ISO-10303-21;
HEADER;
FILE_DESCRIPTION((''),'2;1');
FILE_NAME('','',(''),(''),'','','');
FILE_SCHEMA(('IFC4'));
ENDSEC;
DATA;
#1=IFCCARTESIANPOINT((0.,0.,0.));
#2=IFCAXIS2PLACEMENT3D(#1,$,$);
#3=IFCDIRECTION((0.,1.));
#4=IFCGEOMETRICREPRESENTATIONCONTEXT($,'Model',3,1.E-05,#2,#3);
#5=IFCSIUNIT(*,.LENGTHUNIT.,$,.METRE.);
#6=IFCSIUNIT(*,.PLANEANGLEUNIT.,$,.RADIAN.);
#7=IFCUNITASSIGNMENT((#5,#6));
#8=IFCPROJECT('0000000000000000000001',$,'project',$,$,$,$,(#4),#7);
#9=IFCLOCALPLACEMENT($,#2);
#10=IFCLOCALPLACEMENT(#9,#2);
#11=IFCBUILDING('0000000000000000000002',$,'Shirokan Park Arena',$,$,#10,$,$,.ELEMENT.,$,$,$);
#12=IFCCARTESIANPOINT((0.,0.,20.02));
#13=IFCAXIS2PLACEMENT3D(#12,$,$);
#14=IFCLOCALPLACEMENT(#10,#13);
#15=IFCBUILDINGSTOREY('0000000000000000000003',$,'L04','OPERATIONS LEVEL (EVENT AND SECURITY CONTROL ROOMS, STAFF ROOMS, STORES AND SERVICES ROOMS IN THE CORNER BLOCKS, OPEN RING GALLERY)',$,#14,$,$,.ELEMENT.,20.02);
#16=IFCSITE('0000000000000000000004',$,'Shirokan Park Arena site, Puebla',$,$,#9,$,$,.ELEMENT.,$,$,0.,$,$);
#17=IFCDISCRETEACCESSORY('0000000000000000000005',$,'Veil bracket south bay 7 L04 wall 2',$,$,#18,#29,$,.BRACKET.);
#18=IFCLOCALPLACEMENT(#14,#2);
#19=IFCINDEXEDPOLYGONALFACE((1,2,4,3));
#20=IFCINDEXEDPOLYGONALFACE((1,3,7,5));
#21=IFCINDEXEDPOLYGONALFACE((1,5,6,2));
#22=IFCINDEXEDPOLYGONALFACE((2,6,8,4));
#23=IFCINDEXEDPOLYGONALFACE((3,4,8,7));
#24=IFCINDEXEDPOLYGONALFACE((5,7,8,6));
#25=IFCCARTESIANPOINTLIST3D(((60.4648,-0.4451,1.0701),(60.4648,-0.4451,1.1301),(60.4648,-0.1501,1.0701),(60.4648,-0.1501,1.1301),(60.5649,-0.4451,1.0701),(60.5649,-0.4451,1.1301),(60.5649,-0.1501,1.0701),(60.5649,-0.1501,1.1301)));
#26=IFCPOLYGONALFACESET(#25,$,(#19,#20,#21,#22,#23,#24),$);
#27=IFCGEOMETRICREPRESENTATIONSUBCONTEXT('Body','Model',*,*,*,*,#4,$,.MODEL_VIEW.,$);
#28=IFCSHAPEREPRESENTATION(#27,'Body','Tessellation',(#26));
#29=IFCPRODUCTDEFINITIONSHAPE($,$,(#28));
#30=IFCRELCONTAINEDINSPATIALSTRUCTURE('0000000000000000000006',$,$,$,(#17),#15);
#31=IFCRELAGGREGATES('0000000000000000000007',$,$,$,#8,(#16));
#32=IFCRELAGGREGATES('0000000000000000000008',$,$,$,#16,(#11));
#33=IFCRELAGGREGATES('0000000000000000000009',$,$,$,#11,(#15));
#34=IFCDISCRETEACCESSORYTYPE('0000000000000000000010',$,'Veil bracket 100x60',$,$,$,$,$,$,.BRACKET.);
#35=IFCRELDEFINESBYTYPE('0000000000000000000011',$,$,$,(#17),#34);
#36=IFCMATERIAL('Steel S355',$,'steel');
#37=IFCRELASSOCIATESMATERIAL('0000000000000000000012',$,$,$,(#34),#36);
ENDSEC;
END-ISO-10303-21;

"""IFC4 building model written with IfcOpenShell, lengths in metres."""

from ifc_helpers import new_model, si_unit, direction, frame, origin, origin_2d, place, context, subcontext, project, spatial, rectangle, extrude, material, type_object, element, save


model = new_model("IFC4")

# Units and contexts
model_context = context("Model", 3, precision=1e-05, world=origin(), true_north=direction((0.0, 1.0)))
body_context = subcontext(model_context, "Body", "Model", "MODEL_VIEW")
ifc_project = project(units=[si_unit("LENGTHUNIT", "METRE"), si_unit("PLANEANGLEUNIT", "RADIAN")], contexts=[model_context])

# Site, building, storey
site_placement = place(None, origin())
site = spatial("IfcSite", under=ifc_project, at=site_placement, Name="Shirokan Park Arena site, Puebla", CompositionType="ELEMENT", RefElevation=0.0)
building_placement = place(site_placement, origin())
building = spatial("IfcBuilding", under=site, at=building_placement, Name="Shirokan Park Arena", CompositionType="ELEMENT")
storey_placement = place(building_placement, frame((0.0, 0.0, 20.02)))
storey = spatial("IfcBuildingStorey", under=building, at=storey_placement, Name="L04", Description="OPERATIONS LEVEL (EVENT AND SECURITY CONTROL ROOMS, STAFF ROOMS, STORES AND SERVICES ROOMS IN THE CORNER BLOCKS, OPEN RING GALLERY)", CompositionType="ELEMENT", Elevation=20.02)

# Shared definitions
ifc_material_1 = material(Name="Steel S355", Category="steel")

# Discrete accessory
discrete_accessory_type = type_object("IfcDiscreteAccessoryType", Name="Veil bracket 100x60", PredefinedType="BRACKET", material=ifc_material_1)
for number, where, z_axis, x_axis, name in (
    (1, (60.5149, -0.2976, 1.0701), (0.0, 0.0, 1.0), (1.0, 0.0, 0.0), "Veil bracket south bay 7 L04 wall 2"),
):
    element("IfcDiscreteAccessory", number, at=place(storey_placement, frame(where, z_axis=z_axis, x_axis=x_axis)), inside=storey, type_object=discrete_accessory_type, Name=name, PredefinedType="BRACKET", context=body_context, shape_type="SweptSolid", body=[
        extrude(rectangle(XDim=0.1001, YDim=0.2949, at=origin_2d()), origin(), (0.0, 0.0, 1.0), 0.0601),
    ])

save(model, "model.ifc")
